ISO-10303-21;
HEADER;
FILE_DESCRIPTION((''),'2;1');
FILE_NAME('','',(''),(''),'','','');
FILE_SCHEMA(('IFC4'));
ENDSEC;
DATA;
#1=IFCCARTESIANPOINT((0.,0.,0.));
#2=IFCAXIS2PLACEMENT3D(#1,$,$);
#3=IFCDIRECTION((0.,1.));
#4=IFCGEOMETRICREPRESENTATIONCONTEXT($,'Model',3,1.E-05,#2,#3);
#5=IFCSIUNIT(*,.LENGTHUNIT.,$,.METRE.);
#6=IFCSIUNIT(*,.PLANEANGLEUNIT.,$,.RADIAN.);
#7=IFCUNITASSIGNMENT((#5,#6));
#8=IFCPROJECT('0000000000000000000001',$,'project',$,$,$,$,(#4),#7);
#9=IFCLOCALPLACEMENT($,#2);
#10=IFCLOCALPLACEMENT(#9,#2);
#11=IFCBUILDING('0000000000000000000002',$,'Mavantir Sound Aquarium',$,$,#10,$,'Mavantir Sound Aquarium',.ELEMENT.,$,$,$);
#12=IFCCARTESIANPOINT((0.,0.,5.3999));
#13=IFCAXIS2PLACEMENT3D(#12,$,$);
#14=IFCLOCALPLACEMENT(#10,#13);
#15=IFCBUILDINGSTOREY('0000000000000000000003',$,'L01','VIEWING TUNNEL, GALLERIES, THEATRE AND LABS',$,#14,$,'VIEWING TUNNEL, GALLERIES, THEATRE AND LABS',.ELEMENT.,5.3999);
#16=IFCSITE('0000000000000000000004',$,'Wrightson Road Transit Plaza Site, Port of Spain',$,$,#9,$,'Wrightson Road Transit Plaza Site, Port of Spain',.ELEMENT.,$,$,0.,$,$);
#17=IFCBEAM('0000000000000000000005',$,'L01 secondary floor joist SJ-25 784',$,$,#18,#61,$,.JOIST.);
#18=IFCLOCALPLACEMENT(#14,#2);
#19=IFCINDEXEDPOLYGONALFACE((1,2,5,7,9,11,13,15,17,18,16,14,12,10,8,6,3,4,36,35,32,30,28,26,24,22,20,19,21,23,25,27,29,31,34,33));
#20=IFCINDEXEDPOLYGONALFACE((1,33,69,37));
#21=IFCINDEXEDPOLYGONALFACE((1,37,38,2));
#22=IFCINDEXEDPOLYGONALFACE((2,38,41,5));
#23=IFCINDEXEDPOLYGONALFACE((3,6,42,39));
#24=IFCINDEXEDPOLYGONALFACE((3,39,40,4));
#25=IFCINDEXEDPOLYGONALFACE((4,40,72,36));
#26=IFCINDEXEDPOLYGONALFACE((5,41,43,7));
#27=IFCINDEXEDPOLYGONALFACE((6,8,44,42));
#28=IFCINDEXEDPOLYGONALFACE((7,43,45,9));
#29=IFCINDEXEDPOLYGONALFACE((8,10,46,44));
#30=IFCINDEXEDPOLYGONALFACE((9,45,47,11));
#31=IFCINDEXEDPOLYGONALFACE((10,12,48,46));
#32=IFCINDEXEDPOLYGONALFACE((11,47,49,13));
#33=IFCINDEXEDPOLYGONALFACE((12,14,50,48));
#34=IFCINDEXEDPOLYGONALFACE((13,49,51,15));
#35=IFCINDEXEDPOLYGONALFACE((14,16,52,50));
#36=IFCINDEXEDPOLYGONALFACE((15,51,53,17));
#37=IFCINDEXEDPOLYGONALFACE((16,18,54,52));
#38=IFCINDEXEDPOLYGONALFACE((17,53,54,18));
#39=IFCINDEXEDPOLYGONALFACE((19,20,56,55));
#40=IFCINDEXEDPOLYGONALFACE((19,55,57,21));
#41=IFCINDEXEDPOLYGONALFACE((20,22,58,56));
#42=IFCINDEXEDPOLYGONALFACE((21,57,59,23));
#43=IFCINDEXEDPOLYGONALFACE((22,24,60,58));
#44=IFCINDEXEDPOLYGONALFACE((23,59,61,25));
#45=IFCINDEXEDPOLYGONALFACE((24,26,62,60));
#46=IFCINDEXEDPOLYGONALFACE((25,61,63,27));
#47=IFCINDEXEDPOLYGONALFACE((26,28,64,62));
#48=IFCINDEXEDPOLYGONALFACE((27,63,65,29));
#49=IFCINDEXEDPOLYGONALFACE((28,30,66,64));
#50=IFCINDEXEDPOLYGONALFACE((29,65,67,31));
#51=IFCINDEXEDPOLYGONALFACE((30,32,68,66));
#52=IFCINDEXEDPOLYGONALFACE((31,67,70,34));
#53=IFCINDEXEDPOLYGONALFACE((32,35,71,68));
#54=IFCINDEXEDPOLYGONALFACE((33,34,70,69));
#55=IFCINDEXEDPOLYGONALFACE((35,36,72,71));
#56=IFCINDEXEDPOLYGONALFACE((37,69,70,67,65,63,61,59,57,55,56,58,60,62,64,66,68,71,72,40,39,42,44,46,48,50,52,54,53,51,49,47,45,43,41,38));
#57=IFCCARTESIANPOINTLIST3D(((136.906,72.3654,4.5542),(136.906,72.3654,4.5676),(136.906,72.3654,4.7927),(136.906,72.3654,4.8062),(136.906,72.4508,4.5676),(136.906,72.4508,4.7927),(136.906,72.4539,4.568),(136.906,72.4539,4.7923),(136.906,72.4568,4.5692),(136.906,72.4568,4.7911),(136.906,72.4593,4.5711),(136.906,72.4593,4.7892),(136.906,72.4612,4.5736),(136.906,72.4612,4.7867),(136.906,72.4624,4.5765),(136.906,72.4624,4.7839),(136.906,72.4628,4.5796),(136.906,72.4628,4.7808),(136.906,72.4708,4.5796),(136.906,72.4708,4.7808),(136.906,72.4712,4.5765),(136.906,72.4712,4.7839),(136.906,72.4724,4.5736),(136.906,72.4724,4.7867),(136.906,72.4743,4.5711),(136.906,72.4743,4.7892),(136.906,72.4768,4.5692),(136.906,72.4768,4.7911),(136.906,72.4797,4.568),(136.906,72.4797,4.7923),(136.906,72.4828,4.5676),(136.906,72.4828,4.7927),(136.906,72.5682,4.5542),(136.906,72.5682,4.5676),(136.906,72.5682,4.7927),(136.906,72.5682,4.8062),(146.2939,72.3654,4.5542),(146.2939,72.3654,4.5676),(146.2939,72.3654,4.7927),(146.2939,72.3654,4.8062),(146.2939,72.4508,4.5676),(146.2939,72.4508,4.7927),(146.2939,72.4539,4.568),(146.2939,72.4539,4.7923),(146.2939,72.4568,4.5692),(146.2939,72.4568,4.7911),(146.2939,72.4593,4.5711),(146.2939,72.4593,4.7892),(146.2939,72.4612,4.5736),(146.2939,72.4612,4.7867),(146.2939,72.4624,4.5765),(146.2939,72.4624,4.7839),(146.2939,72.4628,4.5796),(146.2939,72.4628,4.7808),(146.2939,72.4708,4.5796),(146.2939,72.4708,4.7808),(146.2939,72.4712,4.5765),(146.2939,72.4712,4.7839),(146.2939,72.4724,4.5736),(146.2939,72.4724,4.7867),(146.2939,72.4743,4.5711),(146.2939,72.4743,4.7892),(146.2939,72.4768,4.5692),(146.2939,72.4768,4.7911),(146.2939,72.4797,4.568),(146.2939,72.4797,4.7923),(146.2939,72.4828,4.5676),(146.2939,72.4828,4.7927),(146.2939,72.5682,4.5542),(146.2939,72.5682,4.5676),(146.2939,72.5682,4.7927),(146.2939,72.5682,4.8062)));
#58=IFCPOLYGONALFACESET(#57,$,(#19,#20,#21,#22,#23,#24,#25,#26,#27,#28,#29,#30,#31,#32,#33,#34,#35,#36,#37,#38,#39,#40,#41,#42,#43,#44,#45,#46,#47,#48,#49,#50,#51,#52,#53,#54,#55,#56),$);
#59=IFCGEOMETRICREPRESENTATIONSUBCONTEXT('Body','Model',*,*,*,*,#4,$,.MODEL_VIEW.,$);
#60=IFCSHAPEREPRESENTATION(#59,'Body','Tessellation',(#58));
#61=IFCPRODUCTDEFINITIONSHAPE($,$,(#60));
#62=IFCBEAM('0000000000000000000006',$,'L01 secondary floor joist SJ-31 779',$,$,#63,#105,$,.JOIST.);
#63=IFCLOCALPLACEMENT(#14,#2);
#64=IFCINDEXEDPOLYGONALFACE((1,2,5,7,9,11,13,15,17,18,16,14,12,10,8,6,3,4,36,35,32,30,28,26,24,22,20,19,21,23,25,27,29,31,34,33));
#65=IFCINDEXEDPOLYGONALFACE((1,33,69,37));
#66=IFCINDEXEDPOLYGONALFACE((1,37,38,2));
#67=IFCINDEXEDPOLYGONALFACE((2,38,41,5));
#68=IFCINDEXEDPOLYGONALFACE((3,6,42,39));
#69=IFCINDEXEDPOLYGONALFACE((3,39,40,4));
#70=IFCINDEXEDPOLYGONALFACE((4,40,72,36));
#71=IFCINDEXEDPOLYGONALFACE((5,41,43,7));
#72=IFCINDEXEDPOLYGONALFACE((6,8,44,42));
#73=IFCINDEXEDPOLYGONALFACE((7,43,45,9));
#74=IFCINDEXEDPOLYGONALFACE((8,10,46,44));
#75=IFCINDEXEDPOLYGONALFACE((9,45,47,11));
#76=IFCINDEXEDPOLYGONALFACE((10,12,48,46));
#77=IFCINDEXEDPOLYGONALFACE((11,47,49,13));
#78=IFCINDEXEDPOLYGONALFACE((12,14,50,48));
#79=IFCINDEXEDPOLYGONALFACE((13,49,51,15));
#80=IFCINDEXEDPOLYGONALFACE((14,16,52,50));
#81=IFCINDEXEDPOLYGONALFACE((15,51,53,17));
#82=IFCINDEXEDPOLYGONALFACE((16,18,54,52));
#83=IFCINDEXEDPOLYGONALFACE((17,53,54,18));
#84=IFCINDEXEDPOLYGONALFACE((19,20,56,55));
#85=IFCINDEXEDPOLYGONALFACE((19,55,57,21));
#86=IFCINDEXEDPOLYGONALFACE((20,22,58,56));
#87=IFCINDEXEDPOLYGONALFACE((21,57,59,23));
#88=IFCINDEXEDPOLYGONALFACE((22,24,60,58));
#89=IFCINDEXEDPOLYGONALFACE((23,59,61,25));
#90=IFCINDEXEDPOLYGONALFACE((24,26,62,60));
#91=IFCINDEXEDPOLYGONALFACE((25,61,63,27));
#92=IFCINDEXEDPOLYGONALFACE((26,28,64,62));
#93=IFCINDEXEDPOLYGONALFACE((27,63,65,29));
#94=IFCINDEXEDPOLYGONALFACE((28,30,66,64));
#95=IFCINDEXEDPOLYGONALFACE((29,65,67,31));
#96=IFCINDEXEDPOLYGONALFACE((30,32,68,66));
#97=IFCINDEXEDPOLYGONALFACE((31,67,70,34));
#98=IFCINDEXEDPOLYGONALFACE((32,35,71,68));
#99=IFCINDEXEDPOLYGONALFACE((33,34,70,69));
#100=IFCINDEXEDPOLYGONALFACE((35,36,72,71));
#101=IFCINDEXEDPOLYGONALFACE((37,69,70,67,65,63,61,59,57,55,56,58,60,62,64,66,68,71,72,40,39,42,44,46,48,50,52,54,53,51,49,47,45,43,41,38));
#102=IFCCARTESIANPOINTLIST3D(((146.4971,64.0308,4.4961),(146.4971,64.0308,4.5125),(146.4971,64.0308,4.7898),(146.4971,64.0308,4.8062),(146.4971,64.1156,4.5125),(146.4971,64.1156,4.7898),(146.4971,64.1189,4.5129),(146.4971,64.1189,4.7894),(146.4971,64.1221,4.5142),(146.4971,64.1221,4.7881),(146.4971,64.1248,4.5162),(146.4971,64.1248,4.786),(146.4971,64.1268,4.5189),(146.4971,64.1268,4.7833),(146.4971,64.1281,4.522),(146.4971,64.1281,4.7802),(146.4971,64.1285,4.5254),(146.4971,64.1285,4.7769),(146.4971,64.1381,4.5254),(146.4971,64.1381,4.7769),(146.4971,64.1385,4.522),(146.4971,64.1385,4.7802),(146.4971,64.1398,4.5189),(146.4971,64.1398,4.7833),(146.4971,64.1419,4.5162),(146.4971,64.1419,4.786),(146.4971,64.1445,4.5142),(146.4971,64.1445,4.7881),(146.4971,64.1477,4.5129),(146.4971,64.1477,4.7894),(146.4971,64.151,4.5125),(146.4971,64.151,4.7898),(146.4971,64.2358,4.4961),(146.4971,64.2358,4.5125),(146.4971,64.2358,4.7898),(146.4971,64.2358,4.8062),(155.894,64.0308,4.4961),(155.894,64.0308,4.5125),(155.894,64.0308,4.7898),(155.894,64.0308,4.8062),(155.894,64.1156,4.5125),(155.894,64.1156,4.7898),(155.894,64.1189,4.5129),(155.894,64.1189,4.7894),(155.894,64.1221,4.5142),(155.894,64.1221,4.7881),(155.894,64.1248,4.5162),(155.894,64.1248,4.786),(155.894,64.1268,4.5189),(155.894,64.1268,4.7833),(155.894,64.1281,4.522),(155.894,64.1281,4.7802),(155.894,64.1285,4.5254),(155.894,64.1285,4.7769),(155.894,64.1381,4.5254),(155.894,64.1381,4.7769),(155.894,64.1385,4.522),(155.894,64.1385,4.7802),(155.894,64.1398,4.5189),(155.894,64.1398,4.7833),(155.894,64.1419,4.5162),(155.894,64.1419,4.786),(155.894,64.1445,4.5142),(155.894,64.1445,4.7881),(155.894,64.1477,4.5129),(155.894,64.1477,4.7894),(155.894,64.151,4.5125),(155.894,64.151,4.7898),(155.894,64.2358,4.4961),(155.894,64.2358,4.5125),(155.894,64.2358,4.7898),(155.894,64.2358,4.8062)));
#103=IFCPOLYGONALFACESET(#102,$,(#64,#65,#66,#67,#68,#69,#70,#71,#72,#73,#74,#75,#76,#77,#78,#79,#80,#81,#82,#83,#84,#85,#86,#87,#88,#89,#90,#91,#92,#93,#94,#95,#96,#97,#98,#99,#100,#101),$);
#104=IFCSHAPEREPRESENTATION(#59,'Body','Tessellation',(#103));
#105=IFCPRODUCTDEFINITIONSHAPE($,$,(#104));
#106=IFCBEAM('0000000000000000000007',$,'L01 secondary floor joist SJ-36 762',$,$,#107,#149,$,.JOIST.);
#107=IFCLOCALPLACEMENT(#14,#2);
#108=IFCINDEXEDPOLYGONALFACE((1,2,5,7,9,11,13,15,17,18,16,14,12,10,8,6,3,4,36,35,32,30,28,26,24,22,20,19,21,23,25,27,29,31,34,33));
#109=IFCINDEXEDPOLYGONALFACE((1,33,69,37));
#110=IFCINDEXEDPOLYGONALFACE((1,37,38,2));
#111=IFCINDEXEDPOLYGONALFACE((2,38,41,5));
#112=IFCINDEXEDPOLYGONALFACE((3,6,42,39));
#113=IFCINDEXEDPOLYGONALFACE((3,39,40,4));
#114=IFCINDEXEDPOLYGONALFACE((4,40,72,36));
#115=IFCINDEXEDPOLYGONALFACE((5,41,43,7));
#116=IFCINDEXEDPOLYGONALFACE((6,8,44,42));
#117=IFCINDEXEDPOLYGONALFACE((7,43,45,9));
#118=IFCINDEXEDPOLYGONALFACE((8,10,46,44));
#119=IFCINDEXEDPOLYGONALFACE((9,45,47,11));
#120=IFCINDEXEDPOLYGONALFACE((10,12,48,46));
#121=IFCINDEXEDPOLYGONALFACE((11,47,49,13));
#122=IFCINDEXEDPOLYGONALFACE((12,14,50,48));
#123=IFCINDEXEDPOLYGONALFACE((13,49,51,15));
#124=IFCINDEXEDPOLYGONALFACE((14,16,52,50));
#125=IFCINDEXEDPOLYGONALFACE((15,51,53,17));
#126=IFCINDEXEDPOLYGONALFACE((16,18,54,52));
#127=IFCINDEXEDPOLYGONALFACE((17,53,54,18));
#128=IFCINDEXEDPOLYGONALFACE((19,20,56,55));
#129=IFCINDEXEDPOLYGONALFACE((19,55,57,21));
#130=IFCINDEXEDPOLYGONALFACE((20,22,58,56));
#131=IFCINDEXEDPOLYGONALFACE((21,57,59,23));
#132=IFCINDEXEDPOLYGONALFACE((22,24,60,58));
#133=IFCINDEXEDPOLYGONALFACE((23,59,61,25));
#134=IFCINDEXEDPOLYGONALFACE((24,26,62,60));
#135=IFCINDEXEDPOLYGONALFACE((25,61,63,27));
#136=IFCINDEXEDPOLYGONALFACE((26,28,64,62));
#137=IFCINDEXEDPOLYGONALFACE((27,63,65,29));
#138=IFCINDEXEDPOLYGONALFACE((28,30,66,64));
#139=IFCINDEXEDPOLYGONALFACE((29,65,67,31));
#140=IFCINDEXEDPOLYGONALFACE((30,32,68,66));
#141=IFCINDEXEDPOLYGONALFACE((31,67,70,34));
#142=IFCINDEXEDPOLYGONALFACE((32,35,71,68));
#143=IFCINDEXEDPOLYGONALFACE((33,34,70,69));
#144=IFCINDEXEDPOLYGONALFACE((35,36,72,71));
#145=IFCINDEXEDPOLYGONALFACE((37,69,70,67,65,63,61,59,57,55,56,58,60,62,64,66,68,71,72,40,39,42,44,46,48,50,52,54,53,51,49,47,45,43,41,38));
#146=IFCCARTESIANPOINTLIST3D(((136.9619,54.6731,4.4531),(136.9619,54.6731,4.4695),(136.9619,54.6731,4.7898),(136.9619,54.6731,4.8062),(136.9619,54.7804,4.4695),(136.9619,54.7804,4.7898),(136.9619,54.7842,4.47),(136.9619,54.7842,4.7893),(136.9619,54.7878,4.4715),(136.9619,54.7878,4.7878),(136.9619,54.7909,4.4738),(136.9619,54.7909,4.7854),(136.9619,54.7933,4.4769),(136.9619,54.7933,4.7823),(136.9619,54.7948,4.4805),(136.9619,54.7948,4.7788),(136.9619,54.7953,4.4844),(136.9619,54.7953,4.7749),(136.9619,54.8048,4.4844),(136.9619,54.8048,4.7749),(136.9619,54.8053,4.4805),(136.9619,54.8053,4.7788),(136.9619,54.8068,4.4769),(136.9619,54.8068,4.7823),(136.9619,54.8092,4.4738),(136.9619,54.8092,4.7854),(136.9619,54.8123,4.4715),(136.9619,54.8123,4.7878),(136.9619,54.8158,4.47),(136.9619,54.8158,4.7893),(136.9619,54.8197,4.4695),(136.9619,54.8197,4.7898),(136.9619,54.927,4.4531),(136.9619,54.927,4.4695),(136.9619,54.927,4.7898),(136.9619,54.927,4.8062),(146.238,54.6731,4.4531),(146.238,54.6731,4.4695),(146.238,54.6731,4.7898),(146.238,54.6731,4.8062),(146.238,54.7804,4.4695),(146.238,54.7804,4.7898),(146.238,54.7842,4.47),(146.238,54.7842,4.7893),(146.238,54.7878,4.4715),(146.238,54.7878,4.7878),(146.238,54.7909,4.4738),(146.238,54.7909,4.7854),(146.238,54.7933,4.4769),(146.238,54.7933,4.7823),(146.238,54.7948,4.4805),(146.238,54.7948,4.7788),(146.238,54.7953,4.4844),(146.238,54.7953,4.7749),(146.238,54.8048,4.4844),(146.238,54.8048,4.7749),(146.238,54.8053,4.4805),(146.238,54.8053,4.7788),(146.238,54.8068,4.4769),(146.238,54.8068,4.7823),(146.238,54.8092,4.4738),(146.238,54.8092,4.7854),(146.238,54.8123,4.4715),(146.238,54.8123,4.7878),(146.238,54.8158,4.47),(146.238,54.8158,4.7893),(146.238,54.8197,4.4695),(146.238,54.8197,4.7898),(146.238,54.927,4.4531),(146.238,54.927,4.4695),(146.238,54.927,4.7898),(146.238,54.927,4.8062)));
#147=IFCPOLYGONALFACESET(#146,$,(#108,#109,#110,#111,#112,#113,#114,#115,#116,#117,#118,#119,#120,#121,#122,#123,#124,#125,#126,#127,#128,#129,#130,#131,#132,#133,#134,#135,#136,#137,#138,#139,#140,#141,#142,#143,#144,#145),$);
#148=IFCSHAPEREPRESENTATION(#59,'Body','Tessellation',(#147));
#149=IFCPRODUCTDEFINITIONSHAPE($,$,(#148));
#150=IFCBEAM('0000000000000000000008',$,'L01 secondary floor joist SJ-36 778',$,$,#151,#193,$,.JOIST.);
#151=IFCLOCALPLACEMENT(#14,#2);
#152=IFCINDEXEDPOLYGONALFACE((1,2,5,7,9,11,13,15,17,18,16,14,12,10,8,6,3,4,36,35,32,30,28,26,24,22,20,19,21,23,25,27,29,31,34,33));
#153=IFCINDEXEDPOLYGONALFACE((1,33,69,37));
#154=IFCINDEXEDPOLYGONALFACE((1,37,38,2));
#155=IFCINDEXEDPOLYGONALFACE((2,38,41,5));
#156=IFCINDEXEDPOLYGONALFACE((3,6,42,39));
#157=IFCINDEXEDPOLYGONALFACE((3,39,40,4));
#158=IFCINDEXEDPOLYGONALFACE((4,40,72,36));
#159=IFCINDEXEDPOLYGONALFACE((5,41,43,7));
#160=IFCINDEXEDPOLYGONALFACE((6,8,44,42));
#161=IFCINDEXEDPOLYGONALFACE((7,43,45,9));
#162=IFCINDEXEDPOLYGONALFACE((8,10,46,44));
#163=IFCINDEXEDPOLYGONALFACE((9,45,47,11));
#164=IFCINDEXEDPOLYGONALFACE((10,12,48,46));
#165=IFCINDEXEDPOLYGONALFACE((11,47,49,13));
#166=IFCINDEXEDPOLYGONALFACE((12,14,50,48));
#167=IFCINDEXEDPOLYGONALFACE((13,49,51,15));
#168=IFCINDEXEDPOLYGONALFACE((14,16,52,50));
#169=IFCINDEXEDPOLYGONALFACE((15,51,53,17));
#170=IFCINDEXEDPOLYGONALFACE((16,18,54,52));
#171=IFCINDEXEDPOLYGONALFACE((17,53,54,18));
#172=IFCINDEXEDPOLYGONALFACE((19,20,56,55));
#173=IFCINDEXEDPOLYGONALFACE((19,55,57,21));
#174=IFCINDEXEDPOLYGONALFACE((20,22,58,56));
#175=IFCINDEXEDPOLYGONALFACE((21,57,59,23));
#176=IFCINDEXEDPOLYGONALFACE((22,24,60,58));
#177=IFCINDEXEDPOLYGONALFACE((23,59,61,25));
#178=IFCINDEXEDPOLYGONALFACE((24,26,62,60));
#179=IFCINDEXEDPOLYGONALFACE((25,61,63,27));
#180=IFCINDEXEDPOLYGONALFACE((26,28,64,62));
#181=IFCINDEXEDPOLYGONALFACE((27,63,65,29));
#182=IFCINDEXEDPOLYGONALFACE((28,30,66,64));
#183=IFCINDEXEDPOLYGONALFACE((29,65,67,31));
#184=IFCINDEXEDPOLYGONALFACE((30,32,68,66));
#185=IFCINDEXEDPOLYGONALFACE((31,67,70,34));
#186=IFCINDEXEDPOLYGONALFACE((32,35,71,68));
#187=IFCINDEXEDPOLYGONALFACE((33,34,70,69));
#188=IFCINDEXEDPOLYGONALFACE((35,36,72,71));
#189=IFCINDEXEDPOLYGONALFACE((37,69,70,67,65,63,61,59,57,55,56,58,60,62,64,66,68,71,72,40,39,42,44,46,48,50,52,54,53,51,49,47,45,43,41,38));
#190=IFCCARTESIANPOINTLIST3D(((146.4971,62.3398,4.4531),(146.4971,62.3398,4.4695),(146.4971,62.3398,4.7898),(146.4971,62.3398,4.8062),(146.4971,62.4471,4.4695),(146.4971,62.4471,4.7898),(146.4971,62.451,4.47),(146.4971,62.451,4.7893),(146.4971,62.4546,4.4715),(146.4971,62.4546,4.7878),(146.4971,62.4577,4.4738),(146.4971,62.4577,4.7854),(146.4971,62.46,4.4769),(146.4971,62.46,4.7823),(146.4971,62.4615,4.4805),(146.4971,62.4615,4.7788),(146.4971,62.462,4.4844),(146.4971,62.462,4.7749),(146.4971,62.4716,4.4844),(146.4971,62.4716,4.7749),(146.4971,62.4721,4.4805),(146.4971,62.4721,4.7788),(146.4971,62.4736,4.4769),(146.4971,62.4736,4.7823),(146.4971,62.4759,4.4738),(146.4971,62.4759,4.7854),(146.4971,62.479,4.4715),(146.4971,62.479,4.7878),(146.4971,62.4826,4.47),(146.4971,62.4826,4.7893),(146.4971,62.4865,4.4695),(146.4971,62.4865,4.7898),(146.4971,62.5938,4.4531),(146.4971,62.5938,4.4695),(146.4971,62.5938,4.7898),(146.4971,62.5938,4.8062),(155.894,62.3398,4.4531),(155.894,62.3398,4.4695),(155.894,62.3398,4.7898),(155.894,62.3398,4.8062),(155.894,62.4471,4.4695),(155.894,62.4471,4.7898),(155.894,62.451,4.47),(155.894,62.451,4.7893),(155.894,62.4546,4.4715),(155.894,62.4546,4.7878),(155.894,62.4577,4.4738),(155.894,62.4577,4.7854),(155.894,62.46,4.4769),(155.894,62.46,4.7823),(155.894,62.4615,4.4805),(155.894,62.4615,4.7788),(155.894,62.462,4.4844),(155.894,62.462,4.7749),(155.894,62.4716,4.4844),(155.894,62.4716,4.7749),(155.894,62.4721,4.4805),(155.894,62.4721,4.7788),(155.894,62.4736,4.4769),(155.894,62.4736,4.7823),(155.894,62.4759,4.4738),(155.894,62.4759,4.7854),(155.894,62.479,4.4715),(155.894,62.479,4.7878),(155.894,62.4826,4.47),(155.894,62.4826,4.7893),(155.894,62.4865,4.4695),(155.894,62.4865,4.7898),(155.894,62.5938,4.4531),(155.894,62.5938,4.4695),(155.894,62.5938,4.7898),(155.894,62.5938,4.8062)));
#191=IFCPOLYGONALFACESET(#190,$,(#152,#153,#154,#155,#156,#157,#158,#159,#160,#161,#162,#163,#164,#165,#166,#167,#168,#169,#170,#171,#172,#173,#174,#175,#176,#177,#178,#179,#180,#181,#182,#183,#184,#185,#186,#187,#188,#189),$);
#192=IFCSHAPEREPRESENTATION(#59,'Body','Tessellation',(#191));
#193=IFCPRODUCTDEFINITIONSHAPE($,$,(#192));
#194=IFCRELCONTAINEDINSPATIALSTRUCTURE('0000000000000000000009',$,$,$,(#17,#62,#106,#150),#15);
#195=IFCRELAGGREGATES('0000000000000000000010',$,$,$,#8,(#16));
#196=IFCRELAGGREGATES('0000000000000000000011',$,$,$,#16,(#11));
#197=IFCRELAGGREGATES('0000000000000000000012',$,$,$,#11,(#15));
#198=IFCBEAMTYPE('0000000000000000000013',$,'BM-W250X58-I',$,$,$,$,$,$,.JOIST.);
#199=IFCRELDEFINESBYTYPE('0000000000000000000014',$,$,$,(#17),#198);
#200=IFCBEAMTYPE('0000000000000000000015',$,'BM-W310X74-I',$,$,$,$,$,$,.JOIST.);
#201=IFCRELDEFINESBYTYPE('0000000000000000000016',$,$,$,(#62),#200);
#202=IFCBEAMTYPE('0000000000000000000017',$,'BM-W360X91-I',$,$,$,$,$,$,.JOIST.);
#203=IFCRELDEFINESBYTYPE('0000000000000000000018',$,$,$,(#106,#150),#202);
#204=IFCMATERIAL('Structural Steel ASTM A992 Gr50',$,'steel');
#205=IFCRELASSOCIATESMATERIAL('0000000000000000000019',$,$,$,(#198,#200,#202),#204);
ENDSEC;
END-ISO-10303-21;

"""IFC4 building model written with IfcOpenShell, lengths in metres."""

from ifc_helpers import new_model, si_unit, direction, frame, origin, origin_2d, place, context, subcontext, project, spatial, i_section, extrude, material, material_profile, profile_set, type_object, element, save


model = new_model("IFC4")

# Units and contexts
model_context = context("Model", 3, precision=1e-05, world=origin(), true_north=direction((0.0, 1.0)))
body_context = subcontext(model_context, "Body", "Model", "MODEL_VIEW")
ifc_project = project(units=[si_unit("LENGTHUNIT", "METRE"), si_unit("PLANEANGLEUNIT", "RADIAN")], contexts=[model_context])

# Site, building, storey
site_placement = place(None, origin())
site = spatial("IfcSite", under=ifc_project, at=site_placement, Name="Wrightson Road Transit Plaza Site, Port of Spain", LongName="Wrightson Road Transit Plaza Site, Port of Spain", CompositionType="ELEMENT", RefElevation=0.0)
building_placement = place(site_placement, origin())
building = spatial("IfcBuilding", under=site, at=building_placement, Name="Mavantir Sound Aquarium", LongName="Mavantir Sound Aquarium", CompositionType="ELEMENT")
storey_placement = place(building_placement, frame((0.0, 0.0, 5.3999)))
storey = spatial("IfcBuildingStorey", under=building, at=storey_placement, Name="L01", Description="VIEWING TUNNEL, GALLERIES, THEATRE AND LABS", LongName="VIEWING TUNNEL, GALLERIES, THEATRE AND LABS", CompositionType="ELEMENT", Elevation=5.3999)

# Beams
ifc_material_1 = material(Name="Structural Steel ASTM A992 Gr50", Category="steel")
ifc_material_profile_1 = material_profile(ifc_material_1, i_section(OverallWidth=0.2029, OverallDepth=0.252, WebThickness=0.0081, FlangeThickness=0.0134, FilletRadius=0.012, at=origin_2d()), Name="W250X58")
ifc_profile_set_1 = profile_set([ifc_material_profile_1], Name="Structural Steel ASTM A992 Gr50")
beam_type_1 = type_object("IfcBeamType", Name="BM-W250X58-I", PredefinedType="JOIST", material=ifc_profile_set_1)
beam_1_placement = place(storey_placement, frame((136.906, 72.4668, 4.6802), z_axis=(1.0, 0.0, 0.0), x_axis=(0.0, 1.0, 0.0)))
element("IfcBeam", 1, at=beam_1_placement, inside=storey, type_object=beam_type_1, Name="L01 secondary floor joist SJ-25 784", PredefinedType="JOIST", context=body_context, shape_type="SweptSolid", body=[
    extrude(i_section(OverallWidth=0.2029, OverallDepth=0.252, WebThickness=0.0081, FlangeThickness=0.0134, FilletRadius=0.012, at=origin_2d()), origin(), (0.0, 0.0, 1.0), 9.3879),
])
ifc_material_profile_2 = material_profile(ifc_material_1, i_section(OverallWidth=0.2051, OverallDepth=0.3101, WebThickness=0.0095, FlangeThickness=0.0164, FilletRadius=0.0129, at=origin_2d()), Name="W310X74")
ifc_profile_set_2 = profile_set([ifc_material_profile_2], Name="Structural Steel ASTM A992 Gr50")
beam_type_2 = type_object("IfcBeamType", Name="BM-W310X74-I", PredefinedType="JOIST", material=ifc_profile_set_2)
beam_2_placement = place(storey_placement, frame((146.4971, 64.1333, 4.6511), z_axis=(1.0, 0.0, 0.0), x_axis=(0.0, 1.0, 0.0)))
element("IfcBeam", 2, at=beam_2_placement, inside=storey, type_object=beam_type_2, Name="L01 secondary floor joist SJ-31 779", PredefinedType="JOIST", context=body_context, shape_type="SweptSolid", body=[
    extrude(i_section(OverallWidth=0.2051, OverallDepth=0.3101, WebThickness=0.0095, FlangeThickness=0.0164, FilletRadius=0.0129, at=origin_2d()), origin(), (0.0, 0.0, 1.0), 9.397),
])
ifc_material_profile_3 = material_profile(ifc_material_1, i_section(OverallWidth=0.2539, OverallDepth=0.353, WebThickness=0.0095, FlangeThickness=0.0164, FilletRadius=0.0149, at=origin_2d()), Name="W360X91")
ifc_profile_set_3 = profile_set([ifc_material_profile_3], Name="Structural Steel ASTM A992 Gr50")
beam_type_3 = type_object("IfcBeamType", Name="BM-W360X91-I", PredefinedType="JOIST", material=ifc_profile_set_3)
beam_3_placement = place(storey_placement, frame((136.9619, 54.8, 4.6296), z_axis=(1.0, 0.0, 0.0), x_axis=(0.0, 1.0, 0.0)))
element("IfcBeam", 3, at=beam_3_placement, inside=storey, type_object=beam_type_3, Name="L01 secondary floor joist SJ-36 762", PredefinedType="JOIST", context=body_context, shape_type="SweptSolid", body=[
    extrude(i_section(OverallWidth=0.2539, OverallDepth=0.353, WebThickness=0.0095, FlangeThickness=0.0164, FilletRadius=0.0149, at=origin_2d()), origin(), (0.0, 0.0, 1.0), 9.2761),
])
beam_4_placement = place(storey_placement, frame((146.4971, 62.4668, 4.6296), z_axis=(1.0, 0.0, 0.0), x_axis=(0.0, 1.0, 0.0)))
element("IfcBeam", 4, at=beam_4_placement, inside=storey, type_object=beam_type_3, Name="L01 secondary floor joist SJ-36 778", PredefinedType="JOIST", context=body_context, shape_type="SweptSolid", body=[
    extrude(i_section(OverallWidth=0.2539, OverallDepth=0.353, WebThickness=0.0095, FlangeThickness=0.0164, FilletRadius=0.0149, at=origin_2d()), origin(), (0.0, 0.0, 1.0), 9.397),
])

save(model, "model.ifc")
